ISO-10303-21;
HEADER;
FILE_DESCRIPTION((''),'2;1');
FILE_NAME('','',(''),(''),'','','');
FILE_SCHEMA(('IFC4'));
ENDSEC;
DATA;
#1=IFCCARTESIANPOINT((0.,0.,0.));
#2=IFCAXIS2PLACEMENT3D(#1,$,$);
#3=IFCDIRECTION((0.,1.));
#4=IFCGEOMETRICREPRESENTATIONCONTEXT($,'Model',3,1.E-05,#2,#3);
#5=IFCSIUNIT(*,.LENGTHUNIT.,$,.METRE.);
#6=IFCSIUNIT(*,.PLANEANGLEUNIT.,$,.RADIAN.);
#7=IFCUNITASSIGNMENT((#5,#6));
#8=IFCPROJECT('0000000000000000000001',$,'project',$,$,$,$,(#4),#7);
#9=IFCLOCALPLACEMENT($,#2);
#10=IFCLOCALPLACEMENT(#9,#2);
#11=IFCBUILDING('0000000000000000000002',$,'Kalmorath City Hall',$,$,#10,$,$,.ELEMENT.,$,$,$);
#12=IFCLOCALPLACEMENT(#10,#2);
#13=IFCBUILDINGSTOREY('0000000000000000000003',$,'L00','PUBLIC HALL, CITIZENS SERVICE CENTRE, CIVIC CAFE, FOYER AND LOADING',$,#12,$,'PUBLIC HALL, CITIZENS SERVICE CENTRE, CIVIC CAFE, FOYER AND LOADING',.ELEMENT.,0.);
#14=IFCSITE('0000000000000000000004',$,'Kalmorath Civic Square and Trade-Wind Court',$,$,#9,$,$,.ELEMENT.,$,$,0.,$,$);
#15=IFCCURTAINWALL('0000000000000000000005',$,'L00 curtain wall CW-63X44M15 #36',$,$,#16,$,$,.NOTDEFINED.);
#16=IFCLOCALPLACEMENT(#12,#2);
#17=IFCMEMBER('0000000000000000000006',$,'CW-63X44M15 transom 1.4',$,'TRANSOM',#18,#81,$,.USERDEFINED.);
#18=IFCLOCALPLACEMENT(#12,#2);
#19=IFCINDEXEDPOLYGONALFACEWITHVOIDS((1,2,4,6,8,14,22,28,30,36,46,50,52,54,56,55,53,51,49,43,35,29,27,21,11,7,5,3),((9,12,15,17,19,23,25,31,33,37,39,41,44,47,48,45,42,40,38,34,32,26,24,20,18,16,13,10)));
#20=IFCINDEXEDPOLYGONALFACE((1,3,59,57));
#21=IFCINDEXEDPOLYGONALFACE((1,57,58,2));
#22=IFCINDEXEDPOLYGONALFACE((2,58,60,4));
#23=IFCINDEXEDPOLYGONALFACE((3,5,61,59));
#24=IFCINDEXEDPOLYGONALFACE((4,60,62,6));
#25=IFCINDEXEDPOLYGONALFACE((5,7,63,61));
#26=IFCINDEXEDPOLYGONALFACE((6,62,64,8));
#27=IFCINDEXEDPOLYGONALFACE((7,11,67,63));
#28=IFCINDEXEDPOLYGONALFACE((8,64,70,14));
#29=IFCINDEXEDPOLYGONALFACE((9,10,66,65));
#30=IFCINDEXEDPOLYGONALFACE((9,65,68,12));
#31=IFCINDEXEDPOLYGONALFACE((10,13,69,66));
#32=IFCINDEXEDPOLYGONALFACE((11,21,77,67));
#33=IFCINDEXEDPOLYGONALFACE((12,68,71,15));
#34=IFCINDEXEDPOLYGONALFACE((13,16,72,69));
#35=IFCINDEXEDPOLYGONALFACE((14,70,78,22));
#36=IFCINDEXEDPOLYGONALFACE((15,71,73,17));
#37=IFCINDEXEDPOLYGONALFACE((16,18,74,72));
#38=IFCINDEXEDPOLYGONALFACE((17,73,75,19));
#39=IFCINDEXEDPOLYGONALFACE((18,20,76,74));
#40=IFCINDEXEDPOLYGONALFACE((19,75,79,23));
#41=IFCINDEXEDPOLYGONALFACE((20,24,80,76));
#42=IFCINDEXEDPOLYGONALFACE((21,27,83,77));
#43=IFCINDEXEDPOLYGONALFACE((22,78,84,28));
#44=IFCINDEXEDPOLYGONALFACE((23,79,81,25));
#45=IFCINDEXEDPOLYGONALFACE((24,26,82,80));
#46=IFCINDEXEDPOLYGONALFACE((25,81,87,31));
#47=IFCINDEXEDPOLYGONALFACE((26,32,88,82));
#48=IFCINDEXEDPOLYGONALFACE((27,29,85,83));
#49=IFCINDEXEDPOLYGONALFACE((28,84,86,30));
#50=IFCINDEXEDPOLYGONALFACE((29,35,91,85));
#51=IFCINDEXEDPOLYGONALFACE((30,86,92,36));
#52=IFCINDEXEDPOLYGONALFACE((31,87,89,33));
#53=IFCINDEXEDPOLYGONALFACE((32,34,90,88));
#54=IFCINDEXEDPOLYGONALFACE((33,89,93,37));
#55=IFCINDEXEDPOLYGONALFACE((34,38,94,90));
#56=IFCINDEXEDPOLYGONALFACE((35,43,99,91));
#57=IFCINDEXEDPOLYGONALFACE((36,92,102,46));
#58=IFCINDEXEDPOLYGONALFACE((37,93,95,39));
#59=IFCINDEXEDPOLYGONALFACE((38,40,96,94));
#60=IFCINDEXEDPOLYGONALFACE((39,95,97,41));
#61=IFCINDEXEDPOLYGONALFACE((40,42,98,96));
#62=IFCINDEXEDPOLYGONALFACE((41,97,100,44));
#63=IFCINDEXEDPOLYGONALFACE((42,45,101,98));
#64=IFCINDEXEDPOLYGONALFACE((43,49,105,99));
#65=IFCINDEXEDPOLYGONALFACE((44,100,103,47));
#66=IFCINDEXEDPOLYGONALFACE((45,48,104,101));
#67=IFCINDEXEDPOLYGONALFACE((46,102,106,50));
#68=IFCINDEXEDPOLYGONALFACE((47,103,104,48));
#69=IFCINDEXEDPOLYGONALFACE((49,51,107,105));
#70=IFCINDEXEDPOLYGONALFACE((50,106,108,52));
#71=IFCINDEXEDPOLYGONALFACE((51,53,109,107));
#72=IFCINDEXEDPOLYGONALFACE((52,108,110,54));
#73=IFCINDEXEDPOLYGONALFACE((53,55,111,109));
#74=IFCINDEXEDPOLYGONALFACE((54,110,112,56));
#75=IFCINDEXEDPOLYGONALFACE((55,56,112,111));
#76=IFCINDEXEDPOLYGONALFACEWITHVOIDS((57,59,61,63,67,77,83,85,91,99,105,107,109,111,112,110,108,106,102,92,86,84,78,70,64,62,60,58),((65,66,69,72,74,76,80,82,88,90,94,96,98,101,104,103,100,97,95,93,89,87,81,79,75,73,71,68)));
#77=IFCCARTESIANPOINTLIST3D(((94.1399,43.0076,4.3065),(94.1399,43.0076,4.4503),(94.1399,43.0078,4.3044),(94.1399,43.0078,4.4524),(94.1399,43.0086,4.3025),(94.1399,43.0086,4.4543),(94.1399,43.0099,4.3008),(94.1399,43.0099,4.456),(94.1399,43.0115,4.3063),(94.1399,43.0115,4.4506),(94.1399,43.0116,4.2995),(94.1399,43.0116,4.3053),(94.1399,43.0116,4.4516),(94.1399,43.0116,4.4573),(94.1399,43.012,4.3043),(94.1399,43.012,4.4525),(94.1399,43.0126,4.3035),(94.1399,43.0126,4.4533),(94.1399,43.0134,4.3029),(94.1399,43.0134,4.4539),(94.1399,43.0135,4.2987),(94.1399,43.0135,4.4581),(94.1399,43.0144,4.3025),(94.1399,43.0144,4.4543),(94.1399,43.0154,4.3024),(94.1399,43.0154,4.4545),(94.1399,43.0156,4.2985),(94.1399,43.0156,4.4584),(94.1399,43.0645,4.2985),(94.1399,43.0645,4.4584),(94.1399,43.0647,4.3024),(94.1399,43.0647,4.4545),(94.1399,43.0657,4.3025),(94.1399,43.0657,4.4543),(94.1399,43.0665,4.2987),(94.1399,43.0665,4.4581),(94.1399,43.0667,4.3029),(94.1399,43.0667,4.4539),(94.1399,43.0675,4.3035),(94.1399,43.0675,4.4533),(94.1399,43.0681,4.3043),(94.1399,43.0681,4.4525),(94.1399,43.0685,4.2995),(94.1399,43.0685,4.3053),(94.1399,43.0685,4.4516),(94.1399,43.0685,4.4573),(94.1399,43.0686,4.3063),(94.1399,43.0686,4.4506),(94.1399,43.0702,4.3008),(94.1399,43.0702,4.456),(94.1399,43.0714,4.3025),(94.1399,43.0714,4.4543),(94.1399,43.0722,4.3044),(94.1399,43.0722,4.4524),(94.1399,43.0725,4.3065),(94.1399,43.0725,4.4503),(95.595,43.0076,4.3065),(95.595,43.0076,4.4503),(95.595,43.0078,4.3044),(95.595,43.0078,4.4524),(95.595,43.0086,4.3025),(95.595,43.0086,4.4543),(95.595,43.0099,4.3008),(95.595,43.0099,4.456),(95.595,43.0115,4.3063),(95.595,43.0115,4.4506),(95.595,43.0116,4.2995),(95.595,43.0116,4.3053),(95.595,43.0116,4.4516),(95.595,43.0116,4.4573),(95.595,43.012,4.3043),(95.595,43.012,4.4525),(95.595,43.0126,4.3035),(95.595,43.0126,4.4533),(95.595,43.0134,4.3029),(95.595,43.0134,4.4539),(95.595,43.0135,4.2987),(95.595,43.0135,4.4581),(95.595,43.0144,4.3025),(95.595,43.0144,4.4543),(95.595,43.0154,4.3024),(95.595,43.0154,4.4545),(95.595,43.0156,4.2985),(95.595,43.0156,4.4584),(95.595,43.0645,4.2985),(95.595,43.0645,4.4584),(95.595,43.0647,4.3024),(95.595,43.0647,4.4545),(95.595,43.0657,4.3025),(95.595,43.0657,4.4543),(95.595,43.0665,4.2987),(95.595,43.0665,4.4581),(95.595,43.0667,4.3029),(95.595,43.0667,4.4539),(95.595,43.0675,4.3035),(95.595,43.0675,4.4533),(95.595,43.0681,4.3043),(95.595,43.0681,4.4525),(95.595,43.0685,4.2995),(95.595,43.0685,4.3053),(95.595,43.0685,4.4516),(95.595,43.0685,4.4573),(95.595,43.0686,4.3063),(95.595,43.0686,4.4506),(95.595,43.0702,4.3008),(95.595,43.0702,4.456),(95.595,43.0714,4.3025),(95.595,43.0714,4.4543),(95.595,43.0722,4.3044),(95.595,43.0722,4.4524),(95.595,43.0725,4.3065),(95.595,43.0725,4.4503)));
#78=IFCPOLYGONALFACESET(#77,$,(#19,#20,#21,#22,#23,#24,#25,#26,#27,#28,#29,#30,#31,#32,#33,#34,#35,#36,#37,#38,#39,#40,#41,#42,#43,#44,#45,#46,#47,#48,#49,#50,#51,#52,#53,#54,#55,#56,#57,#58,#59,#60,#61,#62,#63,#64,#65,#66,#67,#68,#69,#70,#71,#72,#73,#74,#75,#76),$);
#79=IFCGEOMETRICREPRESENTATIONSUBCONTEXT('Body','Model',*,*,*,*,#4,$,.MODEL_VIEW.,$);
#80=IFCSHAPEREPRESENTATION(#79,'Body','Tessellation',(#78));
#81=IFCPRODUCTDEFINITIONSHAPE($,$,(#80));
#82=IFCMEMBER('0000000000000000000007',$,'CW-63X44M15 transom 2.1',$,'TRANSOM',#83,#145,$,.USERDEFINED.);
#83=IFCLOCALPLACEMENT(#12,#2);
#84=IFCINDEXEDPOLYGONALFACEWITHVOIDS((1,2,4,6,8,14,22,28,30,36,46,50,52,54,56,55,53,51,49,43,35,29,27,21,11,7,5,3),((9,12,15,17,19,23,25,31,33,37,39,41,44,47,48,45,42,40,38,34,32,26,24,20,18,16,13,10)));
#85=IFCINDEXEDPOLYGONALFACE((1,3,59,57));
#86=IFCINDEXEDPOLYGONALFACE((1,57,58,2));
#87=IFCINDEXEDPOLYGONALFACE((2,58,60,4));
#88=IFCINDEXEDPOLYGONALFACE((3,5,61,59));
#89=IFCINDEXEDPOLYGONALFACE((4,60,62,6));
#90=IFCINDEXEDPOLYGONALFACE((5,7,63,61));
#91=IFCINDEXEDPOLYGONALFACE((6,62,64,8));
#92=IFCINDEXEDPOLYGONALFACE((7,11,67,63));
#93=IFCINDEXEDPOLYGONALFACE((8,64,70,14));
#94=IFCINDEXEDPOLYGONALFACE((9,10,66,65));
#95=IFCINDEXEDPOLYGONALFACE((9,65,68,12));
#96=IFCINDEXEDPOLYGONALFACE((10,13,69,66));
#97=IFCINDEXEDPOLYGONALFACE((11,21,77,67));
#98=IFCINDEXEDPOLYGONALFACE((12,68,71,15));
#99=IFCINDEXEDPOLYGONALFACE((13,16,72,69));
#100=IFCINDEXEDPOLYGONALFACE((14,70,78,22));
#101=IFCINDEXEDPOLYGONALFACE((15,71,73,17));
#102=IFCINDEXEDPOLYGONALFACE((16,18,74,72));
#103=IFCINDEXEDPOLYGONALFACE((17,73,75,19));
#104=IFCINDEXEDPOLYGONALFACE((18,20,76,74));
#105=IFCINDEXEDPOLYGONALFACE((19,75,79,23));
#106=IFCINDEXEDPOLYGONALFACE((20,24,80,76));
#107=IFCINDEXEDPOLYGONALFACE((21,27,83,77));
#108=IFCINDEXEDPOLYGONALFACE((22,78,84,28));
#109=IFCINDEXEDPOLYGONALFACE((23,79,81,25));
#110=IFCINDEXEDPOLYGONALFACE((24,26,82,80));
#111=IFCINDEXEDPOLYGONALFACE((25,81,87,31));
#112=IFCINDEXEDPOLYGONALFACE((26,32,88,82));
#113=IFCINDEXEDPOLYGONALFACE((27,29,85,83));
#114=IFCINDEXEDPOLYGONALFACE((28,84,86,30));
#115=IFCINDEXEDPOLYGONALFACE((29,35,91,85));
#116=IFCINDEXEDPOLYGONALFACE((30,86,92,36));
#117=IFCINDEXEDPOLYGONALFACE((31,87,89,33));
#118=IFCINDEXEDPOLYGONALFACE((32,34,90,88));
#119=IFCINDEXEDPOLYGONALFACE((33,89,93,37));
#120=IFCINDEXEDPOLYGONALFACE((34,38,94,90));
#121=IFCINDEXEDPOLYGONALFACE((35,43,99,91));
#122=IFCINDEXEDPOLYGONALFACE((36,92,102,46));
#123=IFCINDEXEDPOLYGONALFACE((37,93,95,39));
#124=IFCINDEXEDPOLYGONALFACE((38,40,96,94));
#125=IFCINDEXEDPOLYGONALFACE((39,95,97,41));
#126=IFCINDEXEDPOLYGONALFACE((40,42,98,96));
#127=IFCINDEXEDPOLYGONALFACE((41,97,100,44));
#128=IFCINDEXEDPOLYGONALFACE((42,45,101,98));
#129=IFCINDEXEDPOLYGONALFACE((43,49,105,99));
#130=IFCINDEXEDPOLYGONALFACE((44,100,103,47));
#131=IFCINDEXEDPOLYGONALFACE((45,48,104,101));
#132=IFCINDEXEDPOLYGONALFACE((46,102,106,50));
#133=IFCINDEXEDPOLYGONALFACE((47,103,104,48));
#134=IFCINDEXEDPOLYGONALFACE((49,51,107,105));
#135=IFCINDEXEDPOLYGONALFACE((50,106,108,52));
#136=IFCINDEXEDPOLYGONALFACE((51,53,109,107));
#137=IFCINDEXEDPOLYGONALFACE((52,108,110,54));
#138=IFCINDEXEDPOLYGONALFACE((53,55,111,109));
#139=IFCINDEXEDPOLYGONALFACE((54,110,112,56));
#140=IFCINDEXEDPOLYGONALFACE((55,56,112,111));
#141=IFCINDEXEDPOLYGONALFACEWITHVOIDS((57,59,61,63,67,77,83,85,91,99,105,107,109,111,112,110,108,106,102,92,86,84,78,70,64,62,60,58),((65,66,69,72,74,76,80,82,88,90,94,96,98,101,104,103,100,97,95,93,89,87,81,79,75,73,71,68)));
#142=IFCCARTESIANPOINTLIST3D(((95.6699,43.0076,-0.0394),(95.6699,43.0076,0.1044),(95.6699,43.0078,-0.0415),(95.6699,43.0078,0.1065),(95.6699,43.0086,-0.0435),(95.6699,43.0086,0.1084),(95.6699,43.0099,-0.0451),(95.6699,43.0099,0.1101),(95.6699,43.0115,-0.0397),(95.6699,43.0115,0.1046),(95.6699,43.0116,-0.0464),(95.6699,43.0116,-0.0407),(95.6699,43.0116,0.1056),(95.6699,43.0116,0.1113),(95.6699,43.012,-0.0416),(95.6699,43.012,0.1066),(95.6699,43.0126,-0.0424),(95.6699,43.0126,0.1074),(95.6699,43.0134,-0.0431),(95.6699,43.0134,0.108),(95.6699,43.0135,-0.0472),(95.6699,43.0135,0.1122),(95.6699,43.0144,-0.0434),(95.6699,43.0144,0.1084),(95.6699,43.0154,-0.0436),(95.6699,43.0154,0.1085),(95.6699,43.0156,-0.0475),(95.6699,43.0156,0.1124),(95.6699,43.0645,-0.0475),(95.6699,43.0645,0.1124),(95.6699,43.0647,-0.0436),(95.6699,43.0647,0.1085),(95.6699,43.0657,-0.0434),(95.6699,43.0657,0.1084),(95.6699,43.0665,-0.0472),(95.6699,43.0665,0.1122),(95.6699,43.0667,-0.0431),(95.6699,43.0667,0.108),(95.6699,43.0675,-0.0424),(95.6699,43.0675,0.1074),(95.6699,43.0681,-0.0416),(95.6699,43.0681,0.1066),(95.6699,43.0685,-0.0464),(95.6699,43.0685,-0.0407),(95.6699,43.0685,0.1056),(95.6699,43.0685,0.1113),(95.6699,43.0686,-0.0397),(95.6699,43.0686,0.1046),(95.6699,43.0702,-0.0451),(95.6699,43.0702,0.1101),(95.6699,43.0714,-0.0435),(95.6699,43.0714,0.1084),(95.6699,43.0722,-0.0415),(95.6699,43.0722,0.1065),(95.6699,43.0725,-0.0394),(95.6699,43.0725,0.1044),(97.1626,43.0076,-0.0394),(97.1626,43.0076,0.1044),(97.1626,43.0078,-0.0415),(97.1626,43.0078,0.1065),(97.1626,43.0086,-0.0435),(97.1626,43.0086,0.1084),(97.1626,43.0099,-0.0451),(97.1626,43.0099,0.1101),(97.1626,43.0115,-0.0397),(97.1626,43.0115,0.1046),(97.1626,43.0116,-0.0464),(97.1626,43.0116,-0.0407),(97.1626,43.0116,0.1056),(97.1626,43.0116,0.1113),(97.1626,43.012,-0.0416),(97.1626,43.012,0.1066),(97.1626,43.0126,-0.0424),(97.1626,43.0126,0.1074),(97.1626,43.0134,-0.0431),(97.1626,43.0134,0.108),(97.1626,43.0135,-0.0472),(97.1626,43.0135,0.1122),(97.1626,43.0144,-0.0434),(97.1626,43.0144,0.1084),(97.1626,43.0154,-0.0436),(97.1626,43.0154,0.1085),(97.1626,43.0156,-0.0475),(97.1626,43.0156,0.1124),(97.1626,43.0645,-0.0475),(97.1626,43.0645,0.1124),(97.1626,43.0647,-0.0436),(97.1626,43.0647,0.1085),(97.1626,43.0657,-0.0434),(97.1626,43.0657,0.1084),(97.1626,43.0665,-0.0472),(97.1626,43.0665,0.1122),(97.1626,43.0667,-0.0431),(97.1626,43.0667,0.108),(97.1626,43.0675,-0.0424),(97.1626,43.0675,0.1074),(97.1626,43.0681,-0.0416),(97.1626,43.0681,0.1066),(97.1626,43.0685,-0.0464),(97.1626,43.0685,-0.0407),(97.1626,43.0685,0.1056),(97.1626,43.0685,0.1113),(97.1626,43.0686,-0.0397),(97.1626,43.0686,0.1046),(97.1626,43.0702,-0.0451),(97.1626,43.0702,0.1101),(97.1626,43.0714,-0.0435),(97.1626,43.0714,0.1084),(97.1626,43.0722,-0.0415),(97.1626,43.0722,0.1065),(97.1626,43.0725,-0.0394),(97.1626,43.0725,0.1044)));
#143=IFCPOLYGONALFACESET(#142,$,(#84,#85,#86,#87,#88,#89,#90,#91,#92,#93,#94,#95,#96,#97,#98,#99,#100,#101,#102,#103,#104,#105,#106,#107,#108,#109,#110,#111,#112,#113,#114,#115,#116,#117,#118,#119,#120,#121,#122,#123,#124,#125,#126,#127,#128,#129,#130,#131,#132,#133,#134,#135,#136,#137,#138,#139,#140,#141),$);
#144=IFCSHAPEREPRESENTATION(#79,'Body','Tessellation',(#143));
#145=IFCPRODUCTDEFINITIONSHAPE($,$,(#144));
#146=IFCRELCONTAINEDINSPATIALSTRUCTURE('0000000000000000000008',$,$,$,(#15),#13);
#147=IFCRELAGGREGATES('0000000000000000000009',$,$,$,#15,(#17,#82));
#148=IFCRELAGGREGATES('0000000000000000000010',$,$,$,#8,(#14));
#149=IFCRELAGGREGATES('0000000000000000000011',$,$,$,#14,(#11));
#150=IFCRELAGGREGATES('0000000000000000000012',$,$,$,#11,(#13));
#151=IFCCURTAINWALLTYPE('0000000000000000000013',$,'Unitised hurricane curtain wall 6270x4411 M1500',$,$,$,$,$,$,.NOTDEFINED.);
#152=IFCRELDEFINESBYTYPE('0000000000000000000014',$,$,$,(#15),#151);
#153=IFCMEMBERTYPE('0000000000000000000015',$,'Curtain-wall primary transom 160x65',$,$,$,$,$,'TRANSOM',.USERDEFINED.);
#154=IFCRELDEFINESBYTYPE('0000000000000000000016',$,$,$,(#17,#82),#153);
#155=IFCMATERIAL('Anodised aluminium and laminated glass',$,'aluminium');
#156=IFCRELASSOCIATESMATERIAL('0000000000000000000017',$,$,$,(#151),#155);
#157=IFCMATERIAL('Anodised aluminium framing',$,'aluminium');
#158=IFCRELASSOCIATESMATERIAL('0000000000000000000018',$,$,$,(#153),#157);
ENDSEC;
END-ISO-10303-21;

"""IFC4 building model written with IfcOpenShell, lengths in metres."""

from ifc_helpers import new_model, si_unit, direction, frame, origin, origin_2d, place, context, subcontext, project, spatial, hollow_rectangle, extrude, material, material_profile, profile_set, type_object, element, aggregate, save


model = new_model("IFC4")

# Units and contexts
model_context = context("Model", 3, precision=1e-05, world=origin(), true_north=direction((0.0, 1.0)))
body_context = subcontext(model_context, "Body", "Model", "MODEL_VIEW")
ifc_project = project(units=[si_unit("LENGTHUNIT", "METRE"), si_unit("PLANEANGLEUNIT", "RADIAN")], contexts=[model_context])

# Site, building, storey
site_placement = place(None, origin())
site = spatial("IfcSite", under=ifc_project, at=site_placement, Name="Kalmorath Civic Square and Trade-Wind Court", CompositionType="ELEMENT", RefElevation=0.0)
building_placement = place(site_placement, origin())
building = spatial("IfcBuilding", under=site, at=building_placement, Name="Kalmorath City Hall", CompositionType="ELEMENT")
storey_placement = place(building_placement, origin())
storey = spatial("IfcBuildingStorey", under=building, at=storey_placement, Name="L00", Description="PUBLIC HALL, CITIZENS SERVICE CENTRE, CIVIC CAFE, FOYER AND LOADING", LongName="PUBLIC HALL, CITIZENS SERVICE CENTRE, CIVIC CAFE, FOYER AND LOADING", CompositionType="ELEMENT", Elevation=0.0)

# Curtain wall, members
ifc_material_1 = material(Name="Anodised aluminium and laminated glass", Category="aluminium")
curtain_wall_type = type_object("IfcCurtainWallType", Name="Unitised hurricane curtain wall 6270x4411 M1500", PredefinedType="NOTDEFINED", material=ifc_material_1)
curtain_wall_placement = place(storey_placement, origin())
curtain_wall = element("IfcCurtainWall", 1, at=curtain_wall_placement, inside=storey, type_object=curtain_wall_type, Name="L00 curtain wall CW-63X44M15 #36", PredefinedType="NOTDEFINED")
ifc_material_2 = material(Name="Anodised aluminium framing", Category="aluminium")
ifc_material_profile_1 = material_profile(ifc_material_2, hollow_rectangle(XDim=0.0649, YDim=0.1599, WallThickness=0.0039, InnerFilletRadius=0.0039, OuterFilletRadius=0.0081, at=origin_2d()), Name="ALU-TRN-160X65X4")
ifc_profile_set_1 = profile_set([ifc_material_profile_1], Name="Anodised aluminium framing")
member_type_1 = type_object("IfcMemberType", Name="Curtain-wall primary transom 160x65", ElementType="TRANSOM", PredefinedType="USERDEFINED", material=ifc_profile_set_1)
member_1_placement = place(storey_placement, frame((94.1399, 43.04, 4.3784), z_axis=(1.0, 0.0, 0.0), x_axis=(0.0, 1.0, 0.0)))
member_1 = element("IfcMember", 2, at=member_1_placement, type_object=member_type_1, Name="CW-63X44M15 transom 1.4", ObjectType="TRANSOM", PredefinedType="USERDEFINED", context=body_context, shape_type="SweptSolid", body=[
    extrude(hollow_rectangle(XDim=0.0649, YDim=0.1599, WallThickness=0.0039, InnerFilletRadius=0.0039, OuterFilletRadius=0.0081, at=origin_2d()), origin(), (0.0, 0.0, 1.0), 1.4551),
])
member_2_placement = place(storey_placement, frame((95.6699, 43.04, 0.0325), z_axis=(1.0, 0.0, 0.0), x_axis=(0.0, 1.0, 0.0)))
member_2 = element("IfcMember", 3, at=member_2_placement, type_object=member_type_1, Name="CW-63X44M15 transom 2.1", ObjectType="TRANSOM", PredefinedType="USERDEFINED", context=body_context, shape_type="SweptSolid", body=[
    extrude(hollow_rectangle(XDim=0.0649, YDim=0.1599, WallThickness=0.0039, InnerFilletRadius=0.0039, OuterFilletRadius=0.0081, at=origin_2d()), origin(), (0.0, 0.0, 1.0), 1.4927),
])
aggregate(curtain_wall, [member_1, member_2])

save(model, "model.ifc")
